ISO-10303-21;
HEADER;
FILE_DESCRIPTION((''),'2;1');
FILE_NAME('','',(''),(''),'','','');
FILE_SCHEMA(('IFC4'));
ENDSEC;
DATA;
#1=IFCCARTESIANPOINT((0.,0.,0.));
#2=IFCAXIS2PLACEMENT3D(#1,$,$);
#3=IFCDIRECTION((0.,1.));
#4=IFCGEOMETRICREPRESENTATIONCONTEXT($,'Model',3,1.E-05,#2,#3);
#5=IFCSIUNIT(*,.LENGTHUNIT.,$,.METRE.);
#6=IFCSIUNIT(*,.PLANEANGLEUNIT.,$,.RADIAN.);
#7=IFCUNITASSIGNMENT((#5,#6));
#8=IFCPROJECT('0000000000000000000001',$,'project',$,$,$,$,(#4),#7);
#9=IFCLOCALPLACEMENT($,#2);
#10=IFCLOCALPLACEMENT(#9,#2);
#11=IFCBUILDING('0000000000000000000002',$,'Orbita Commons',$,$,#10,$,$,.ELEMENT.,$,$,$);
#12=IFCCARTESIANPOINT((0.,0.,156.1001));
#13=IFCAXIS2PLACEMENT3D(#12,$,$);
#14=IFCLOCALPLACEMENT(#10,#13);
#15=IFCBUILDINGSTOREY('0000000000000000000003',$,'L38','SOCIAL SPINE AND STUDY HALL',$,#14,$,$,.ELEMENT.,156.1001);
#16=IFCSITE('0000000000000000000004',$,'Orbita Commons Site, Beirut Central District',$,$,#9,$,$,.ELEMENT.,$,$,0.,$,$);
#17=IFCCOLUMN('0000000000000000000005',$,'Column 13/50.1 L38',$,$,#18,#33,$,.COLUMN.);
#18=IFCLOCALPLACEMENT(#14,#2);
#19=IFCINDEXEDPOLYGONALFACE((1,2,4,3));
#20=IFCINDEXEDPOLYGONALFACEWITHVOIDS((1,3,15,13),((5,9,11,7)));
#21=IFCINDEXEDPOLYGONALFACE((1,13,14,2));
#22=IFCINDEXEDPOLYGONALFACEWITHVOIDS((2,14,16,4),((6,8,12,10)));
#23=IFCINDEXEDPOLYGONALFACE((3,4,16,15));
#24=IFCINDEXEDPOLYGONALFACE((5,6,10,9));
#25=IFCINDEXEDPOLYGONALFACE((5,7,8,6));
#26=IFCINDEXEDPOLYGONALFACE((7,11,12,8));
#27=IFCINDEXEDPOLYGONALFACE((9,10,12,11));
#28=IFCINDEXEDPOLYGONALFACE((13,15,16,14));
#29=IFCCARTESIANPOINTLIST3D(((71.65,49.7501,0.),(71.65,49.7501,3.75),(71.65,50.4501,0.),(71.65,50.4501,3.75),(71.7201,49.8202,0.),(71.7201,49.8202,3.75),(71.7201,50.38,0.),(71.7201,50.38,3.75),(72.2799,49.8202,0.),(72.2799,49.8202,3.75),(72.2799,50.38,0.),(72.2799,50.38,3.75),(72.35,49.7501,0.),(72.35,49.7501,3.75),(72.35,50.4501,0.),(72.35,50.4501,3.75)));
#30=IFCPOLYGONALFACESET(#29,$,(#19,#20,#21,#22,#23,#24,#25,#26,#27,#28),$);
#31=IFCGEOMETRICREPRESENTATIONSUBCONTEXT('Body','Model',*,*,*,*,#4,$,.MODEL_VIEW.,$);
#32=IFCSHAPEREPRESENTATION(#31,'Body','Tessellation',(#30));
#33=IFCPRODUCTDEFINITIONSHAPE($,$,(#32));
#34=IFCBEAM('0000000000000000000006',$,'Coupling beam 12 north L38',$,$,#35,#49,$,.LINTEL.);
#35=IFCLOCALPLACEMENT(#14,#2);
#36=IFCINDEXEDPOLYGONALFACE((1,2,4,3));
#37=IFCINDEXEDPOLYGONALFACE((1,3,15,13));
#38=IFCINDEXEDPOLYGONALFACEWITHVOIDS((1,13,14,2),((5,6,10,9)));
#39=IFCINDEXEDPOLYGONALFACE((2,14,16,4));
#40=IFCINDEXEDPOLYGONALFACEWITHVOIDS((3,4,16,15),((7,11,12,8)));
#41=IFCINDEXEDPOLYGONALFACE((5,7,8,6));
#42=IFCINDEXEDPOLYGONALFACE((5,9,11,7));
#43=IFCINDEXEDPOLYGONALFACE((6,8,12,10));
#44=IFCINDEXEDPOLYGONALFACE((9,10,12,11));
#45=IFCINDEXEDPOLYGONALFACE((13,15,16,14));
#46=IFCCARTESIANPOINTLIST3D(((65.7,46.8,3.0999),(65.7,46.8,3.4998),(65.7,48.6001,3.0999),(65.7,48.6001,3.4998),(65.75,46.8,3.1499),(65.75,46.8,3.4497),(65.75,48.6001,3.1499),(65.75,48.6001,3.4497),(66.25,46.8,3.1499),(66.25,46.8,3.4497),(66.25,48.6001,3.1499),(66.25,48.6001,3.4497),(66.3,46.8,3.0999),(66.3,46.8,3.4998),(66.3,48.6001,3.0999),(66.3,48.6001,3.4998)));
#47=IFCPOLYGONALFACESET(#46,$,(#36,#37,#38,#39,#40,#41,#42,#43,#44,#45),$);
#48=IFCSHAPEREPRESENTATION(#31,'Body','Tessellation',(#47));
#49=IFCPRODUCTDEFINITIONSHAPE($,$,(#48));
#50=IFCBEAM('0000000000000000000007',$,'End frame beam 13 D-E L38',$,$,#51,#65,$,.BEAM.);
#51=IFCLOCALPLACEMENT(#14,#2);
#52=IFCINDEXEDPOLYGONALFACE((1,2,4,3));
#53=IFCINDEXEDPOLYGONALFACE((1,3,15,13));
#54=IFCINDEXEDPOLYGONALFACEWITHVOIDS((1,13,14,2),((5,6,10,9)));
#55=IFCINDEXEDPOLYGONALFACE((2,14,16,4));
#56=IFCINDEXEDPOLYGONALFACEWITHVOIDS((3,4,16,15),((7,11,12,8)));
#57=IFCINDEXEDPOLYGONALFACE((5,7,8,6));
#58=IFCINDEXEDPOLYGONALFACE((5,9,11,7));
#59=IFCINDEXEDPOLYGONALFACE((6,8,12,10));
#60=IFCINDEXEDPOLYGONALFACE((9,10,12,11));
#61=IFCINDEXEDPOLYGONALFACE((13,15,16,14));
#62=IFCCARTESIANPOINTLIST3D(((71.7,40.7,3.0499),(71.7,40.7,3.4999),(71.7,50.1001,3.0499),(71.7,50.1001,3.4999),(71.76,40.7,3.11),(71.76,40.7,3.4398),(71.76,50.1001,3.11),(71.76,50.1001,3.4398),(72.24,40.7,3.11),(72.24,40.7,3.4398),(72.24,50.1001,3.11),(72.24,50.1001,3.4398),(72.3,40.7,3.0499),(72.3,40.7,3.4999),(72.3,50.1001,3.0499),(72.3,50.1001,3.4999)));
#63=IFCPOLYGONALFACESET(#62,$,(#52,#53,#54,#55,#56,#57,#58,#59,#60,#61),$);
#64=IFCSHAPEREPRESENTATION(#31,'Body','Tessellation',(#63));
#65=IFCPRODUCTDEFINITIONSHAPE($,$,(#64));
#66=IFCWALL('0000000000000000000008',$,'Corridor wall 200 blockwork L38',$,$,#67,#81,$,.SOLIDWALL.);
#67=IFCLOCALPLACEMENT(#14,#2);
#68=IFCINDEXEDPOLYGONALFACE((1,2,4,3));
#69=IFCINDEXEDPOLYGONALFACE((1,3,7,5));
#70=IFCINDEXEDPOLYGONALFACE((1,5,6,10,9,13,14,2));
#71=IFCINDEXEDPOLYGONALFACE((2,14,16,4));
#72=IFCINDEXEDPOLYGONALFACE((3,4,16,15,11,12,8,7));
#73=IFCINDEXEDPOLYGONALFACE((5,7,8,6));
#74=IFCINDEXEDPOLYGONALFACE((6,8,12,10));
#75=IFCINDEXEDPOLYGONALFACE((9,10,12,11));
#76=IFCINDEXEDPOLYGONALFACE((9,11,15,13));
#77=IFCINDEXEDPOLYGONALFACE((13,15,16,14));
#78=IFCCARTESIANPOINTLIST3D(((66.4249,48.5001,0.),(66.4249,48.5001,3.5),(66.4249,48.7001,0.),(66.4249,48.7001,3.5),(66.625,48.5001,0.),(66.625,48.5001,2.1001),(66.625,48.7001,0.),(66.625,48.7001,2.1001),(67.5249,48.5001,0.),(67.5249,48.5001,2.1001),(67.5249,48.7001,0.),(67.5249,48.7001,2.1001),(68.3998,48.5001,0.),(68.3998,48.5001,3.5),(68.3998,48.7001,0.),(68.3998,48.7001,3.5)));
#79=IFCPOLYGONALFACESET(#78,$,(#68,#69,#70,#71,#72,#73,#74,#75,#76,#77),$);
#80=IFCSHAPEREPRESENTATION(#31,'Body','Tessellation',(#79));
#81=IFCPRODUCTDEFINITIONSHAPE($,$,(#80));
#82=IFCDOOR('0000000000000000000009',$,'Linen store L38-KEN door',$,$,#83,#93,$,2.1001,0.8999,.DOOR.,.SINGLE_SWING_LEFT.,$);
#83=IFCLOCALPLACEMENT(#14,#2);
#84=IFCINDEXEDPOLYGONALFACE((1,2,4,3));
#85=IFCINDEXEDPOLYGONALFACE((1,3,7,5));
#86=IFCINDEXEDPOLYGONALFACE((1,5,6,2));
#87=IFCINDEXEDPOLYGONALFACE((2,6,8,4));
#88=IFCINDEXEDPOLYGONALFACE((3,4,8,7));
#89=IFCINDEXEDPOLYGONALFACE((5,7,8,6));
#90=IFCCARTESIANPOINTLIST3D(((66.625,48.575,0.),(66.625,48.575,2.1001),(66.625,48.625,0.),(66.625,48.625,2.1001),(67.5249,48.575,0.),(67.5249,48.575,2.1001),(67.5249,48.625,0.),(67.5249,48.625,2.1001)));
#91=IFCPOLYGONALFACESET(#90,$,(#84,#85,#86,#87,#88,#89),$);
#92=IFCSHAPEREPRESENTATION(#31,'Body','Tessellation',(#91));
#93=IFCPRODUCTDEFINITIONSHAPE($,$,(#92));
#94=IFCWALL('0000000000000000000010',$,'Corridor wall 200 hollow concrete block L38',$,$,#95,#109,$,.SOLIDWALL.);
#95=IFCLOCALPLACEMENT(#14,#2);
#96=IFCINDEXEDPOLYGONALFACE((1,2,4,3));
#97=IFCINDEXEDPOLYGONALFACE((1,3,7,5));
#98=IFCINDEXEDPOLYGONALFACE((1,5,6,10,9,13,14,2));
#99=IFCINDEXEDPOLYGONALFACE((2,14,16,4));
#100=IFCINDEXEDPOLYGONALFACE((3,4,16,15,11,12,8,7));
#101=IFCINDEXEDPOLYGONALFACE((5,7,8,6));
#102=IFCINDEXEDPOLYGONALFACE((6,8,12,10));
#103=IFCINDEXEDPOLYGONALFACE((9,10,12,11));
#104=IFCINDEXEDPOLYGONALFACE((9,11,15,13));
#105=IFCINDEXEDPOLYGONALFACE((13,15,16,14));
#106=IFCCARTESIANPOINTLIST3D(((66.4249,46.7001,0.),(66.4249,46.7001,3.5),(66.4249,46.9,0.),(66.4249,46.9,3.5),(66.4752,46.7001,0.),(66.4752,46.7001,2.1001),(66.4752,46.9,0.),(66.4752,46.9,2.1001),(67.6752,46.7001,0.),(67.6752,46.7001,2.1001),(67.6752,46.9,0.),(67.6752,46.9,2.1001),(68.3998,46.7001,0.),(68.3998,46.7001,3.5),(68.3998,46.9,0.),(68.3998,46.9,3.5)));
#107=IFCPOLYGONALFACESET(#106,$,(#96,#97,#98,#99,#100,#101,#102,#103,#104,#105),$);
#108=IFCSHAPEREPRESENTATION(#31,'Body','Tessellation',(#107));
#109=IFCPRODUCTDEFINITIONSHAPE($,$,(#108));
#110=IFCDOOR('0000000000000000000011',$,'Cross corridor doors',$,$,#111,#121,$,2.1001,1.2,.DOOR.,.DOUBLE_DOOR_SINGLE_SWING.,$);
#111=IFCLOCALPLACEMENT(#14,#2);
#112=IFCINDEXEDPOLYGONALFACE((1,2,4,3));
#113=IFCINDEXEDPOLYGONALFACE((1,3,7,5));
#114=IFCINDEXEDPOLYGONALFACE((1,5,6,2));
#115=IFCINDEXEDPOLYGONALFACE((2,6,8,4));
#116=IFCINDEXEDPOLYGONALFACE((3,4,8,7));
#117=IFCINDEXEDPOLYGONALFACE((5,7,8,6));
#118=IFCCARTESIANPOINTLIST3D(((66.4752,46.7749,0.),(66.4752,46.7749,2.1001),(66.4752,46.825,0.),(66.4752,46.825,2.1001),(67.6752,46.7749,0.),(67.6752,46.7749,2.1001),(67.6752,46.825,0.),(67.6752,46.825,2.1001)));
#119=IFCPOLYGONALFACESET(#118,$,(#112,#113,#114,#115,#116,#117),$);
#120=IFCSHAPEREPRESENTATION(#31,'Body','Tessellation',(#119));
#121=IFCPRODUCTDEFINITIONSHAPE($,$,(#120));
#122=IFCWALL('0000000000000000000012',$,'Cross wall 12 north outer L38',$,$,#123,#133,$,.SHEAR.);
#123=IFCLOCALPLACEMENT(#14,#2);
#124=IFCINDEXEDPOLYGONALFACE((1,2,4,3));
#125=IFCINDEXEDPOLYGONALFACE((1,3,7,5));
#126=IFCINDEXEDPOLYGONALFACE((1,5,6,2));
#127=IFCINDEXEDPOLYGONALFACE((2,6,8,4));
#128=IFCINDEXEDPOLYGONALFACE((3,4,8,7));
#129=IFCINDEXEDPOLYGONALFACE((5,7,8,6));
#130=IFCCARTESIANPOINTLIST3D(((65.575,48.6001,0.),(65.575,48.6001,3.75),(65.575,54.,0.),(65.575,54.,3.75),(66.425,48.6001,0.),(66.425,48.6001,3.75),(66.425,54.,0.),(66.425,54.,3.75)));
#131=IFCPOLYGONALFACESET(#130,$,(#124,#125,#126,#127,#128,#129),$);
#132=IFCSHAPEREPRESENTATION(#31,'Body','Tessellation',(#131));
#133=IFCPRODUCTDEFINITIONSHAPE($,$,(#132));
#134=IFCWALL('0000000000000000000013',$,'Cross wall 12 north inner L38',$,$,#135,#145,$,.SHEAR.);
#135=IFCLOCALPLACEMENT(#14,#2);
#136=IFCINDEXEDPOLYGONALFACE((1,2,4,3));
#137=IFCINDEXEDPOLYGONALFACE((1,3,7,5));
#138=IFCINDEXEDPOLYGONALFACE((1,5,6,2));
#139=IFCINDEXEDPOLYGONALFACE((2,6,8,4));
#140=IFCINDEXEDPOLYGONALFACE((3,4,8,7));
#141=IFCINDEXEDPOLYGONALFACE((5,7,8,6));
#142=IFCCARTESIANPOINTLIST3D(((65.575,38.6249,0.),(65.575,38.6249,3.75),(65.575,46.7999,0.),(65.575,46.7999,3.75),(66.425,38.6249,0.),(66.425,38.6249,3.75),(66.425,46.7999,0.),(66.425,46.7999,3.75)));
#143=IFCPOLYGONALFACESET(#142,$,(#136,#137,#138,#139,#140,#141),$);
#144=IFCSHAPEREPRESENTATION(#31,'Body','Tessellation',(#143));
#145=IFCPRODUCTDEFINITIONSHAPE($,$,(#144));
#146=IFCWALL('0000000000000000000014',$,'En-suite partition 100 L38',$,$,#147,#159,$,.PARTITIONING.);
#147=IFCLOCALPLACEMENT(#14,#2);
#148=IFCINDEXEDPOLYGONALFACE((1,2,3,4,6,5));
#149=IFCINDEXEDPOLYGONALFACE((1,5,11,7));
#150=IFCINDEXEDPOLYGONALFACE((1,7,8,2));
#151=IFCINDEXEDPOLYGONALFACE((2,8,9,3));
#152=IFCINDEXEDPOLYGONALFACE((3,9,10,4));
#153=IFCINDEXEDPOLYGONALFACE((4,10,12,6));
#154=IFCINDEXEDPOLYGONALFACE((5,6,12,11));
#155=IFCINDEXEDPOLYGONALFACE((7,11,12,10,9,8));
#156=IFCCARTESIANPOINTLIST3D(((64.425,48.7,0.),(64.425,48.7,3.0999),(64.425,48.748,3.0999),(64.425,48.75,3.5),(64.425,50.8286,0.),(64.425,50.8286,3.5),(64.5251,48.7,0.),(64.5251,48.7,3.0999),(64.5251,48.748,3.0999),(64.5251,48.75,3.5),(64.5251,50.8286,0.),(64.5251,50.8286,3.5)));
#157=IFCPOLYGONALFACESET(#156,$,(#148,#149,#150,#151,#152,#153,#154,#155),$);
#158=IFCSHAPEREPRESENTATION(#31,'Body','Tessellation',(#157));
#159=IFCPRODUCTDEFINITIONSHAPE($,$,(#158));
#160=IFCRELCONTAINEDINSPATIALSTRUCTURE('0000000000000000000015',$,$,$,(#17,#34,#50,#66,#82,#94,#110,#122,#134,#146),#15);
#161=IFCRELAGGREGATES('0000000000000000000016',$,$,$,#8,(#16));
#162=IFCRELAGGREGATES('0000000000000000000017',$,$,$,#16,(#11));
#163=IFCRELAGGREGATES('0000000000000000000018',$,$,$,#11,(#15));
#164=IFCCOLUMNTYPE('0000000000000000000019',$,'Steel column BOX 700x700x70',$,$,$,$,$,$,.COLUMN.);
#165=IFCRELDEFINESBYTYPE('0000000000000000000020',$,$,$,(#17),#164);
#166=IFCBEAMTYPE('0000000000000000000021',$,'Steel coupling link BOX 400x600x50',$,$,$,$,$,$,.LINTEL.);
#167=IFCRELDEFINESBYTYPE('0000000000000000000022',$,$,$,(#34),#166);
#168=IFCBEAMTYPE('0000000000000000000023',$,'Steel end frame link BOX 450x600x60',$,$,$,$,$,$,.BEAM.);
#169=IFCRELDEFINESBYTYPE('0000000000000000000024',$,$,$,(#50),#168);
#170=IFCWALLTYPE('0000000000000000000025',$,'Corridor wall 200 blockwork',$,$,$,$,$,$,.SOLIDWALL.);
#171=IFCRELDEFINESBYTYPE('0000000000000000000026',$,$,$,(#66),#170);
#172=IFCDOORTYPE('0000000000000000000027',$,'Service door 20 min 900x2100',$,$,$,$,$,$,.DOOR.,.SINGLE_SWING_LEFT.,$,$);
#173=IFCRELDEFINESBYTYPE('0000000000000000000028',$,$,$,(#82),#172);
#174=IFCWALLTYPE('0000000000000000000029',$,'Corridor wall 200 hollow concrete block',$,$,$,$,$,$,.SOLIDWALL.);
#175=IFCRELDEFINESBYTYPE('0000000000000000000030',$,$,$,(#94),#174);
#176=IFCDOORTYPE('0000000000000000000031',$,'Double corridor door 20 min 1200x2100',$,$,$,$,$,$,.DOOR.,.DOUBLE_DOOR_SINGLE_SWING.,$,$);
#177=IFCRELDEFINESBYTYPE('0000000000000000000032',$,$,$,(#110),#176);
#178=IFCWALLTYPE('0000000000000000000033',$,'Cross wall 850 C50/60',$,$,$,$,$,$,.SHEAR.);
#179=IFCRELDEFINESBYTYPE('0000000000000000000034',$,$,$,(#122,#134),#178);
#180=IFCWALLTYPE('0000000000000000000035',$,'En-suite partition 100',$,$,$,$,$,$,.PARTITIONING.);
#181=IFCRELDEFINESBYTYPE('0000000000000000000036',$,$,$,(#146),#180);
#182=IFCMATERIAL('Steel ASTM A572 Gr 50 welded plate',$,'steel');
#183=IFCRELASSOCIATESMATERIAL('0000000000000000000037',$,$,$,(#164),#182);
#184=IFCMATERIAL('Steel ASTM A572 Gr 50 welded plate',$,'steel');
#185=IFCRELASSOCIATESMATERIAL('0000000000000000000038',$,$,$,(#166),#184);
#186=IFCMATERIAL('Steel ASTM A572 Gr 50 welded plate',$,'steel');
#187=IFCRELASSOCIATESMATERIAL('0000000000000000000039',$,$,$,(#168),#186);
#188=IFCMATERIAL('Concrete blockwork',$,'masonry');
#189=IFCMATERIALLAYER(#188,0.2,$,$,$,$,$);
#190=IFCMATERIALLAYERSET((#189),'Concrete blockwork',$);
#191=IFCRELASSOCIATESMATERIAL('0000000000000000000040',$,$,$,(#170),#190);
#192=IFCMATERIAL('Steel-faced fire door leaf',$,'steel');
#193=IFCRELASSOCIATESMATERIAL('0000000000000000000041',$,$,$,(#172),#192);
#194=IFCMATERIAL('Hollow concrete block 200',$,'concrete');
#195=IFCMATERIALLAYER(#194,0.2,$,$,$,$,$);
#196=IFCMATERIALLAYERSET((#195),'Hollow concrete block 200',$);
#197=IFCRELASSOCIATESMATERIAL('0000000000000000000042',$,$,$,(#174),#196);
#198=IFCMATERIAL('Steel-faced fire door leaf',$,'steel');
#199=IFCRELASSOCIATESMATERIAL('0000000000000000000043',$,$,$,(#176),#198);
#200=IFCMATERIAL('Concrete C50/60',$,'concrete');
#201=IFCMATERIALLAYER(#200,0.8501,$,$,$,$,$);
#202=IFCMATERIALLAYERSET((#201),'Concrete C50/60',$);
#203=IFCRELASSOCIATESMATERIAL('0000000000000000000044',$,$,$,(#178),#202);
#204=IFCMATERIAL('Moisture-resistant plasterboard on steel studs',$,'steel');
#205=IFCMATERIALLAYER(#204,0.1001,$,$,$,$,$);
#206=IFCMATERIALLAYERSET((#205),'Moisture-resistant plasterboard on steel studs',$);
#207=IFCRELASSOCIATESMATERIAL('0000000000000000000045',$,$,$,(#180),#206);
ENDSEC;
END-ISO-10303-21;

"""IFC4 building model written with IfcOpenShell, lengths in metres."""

from ifc_helpers import new_model, si_unit, direction, frame, frame_2d, origin, origin_2d, place, context, subcontext, project, spatial, polyline, rectangle, hollow_rectangle, outline, extrude, material, layer, layer_set, material_profile, profile_set, type_object, element, fill, save


model = new_model("IFC4")

# Units and contexts
model_context = context("Model", 3, precision=1e-05, world=origin(), true_north=direction((0.0, 1.0)))
body_context = subcontext(model_context, "Body", "Model", "MODEL_VIEW")
ifc_project = project(units=[si_unit("LENGTHUNIT", "METRE"), si_unit("PLANEANGLEUNIT", "RADIAN")], contexts=[model_context])

# Site, building, storey
site_placement = place(None, origin())
site = spatial("IfcSite", under=ifc_project, at=site_placement, Name="Orbita Commons Site, Beirut Central District", CompositionType="ELEMENT", RefElevation=0.0)
building_placement = place(site_placement, origin())
building = spatial("IfcBuilding", under=site, at=building_placement, Name="Orbita Commons", CompositionType="ELEMENT")
storey_placement = place(building_placement, frame((0.0, 0.0, 156.1001)))
storey = spatial("IfcBuildingStorey", under=building, at=storey_placement, Name="L38", Description="SOCIAL SPINE AND STUDY HALL", CompositionType="ELEMENT", Elevation=156.1001)

# Column
ifc_material_1 = material(Name="Steel ASTM A572 Gr 50 welded plate", Category="steel")
ifc_material_profile_1 = material_profile(ifc_material_1, hollow_rectangle(XDim=0.7, YDim=0.7, WallThickness=0.0701, at=origin_2d()), Name="BOX 700x700x70")
ifc_profile_set_1 = profile_set([ifc_material_profile_1], Name="Steel ASTM A572 Gr 50 welded plate")
column_type = type_object("IfcColumnType", Name="Steel column BOX 700x700x70", PredefinedType="COLUMN", material=ifc_profile_set_1)
column_placement = place(storey_placement, frame((72.0, 50.1001, 0.0), z_axis=(0.0, 0.0, 1.0), x_axis=(1.0, 0.0, 0.0)))
element("IfcColumn", 1, at=column_placement, inside=storey, type_object=column_type, Name="Column 13/50.1 L38", PredefinedType="COLUMN", context=body_context, shape_type="SweptSolid", body=[
    extrude(hollow_rectangle(XDim=0.7, YDim=0.7, WallThickness=0.0701, at=origin_2d()), origin(), (0.0, 0.0, 1.0), 3.75),
])

# Beams
ifc_material_2 = material(Name="Steel ASTM A572 Gr 50 welded plate", Category="steel")
ifc_material_profile_2 = material_profile(ifc_material_2, hollow_rectangle(XDim=0.6001, YDim=0.3999, WallThickness=0.05, at=origin_2d()), Name="BOX 400x600x50")
ifc_profile_set_2 = profile_set([ifc_material_profile_2], Name="Steel ASTM A572 Gr 50 welded plate")
beam_type_1 = type_object("IfcBeamType", Name="Steel coupling link BOX 400x600x50", PredefinedType="LINTEL", material=ifc_profile_set_2)
beam_1_placement = place(storey_placement, frame((66.0, 46.8, 3.2998), z_axis=(0.0, 1.0, 0.0), x_axis=(-1.0, 0.0, 0.0)))
element("IfcBeam", 2, at=beam_1_placement, inside=storey, type_object=beam_type_1, Name="Coupling beam 12 north L38", PredefinedType="LINTEL", context=body_context, shape_type="SweptSolid", body=[
    extrude(hollow_rectangle(XDim=0.6001, YDim=0.3999, WallThickness=0.05, at=origin_2d()), origin(), (0.0, 0.0, 1.0), 1.8),
])
ifc_material_3 = material(Name="Steel ASTM A572 Gr 50 welded plate", Category="steel")
ifc_material_profile_3 = material_profile(ifc_material_3, hollow_rectangle(XDim=0.6001, YDim=0.45, WallThickness=0.0601, at=origin_2d()), Name="BOX 450x600x60")
ifc_profile_set_3 = profile_set([ifc_material_profile_3], Name="Steel ASTM A572 Gr 50 welded plate")
beam_type_2 = type_object("IfcBeamType", Name="Steel end frame link BOX 450x600x60", PredefinedType="BEAM", material=ifc_profile_set_3)
beam_2_placement = place(storey_placement, frame((72.0, 40.7, 3.2749), z_axis=(0.0, 1.0, 0.0), x_axis=(-1.0, 0.0, 0.0)))
element("IfcBeam", 3, at=beam_2_placement, inside=storey, type_object=beam_type_2, Name="End frame beam 13 D-E L38", PredefinedType="BEAM", context=body_context, shape_type="SweptSolid", body=[
    extrude(hollow_rectangle(XDim=0.6001, YDim=0.45, WallThickness=0.0601, at=origin_2d()), origin(), (0.0, 0.0, 1.0), 9.4001),
])

# Walls, openings, doors
ifc_material_4 = material(Name="Concrete blockwork", Category="masonry")
ifc_layer_1 = layer(ifc_material_4, 0.2)
ifc_layer_set_1 = layer_set([ifc_layer_1], Name="Concrete blockwork")
wall_type_1 = type_object("IfcWallType", Name="Corridor wall 200 blockwork", PredefinedType="SOLIDWALL", material=ifc_layer_set_1)
wall_1_placement = place(storey_placement, frame((66.425, 48.6001, 0.0), z_axis=(0.0, 0.0, 1.0), x_axis=(1.0, 0.0, 0.0)))
wall_1 = element("IfcWall", 4, at=wall_1_placement, inside=storey, type_object=wall_type_1, Name="Corridor wall 200 blockwork L38", PredefinedType="SOLIDWALL", context=body_context, shape_type="SweptSolid", body=[
    extrude(rectangle(XDim=1.9749, YDim=0.2, at=frame_2d((0.9873, 0.0))), origin(), (0.0, 0.0, 1.0), 3.5),
])
opening_1_placement = place(wall_1_placement, frame((0.2, 0.0, 0.0)))
opening_1 = element("IfcOpeningElement", 5, at=opening_1_placement, cuts=wall_1, PredefinedType="OPENING", context=body_context, shape_type="SweptSolid", body=[
    extrude(rectangle(XDim=0.8999, YDim=2.1001, at=frame_2d((0.45, 1.05))), frame((0.0, 0.1099, 0.0), z_axis=(0.0, -1.0, 0.0), x_axis=(1.0, 0.0, 0.0)), (0.0, 0.0, 1.0), 0.22),
])
ifc_material_5 = material(Name="Steel-faced fire door leaf", Category="steel")
door_type_1 = type_object("IfcDoorType", Name="Service door 20 min 900x2100", OperationType="SINGLE_SWING_LEFT", PredefinedType="DOOR", material=ifc_material_5)
door_1_placement = place(opening_1_placement, origin())
door_1 = element("IfcDoor", 6, at=door_1_placement, inside=storey, type_object=door_type_1, Name="Linen store L38-KEN door", OperationType="SINGLE_SWING_LEFT", OverallHeight=2.1001, OverallWidth=0.8999, PredefinedType="DOOR", context=body_context, shape_type="SweptSolid", body=[
    extrude(rectangle(XDim=0.8999, YDim=2.1001, at=frame_2d((0.45, 1.05))), frame((0.0, 0.0249, 0.0), z_axis=(0.0, -1.0, 0.0), x_axis=(1.0, 0.0, 0.0)), (0.0, 0.0, 1.0), 0.05),
])
fill(opening_1, door_1)
ifc_material_6 = material(Name="Hollow concrete block 200", Category="concrete")
ifc_layer_2 = layer(ifc_material_6, 0.2)
ifc_layer_set_2 = layer_set([ifc_layer_2], Name="Hollow concrete block 200")
wall_type_2 = type_object("IfcWallType", Name="Corridor wall 200 hollow concrete block", PredefinedType="SOLIDWALL", material=ifc_layer_set_2)
wall_2_placement = place(storey_placement, frame((66.425, 46.8, 0.0), z_axis=(0.0, 0.0, 1.0), x_axis=(1.0, 0.0, 0.0)))
wall_2 = element("IfcWall", 7, at=wall_2_placement, inside=storey, type_object=wall_type_2, Name="Corridor wall 200 hollow concrete block L38", PredefinedType="SOLIDWALL", context=body_context, shape_type="SweptSolid", body=[
    extrude(rectangle(XDim=1.9749, YDim=0.2, at=frame_2d((0.9873, 0.0))), origin(), (0.0, 0.0, 1.0), 3.5),
])
opening_2_placement = place(wall_2_placement, frame((0.05, 0.0, 0.0)))
opening_2 = element("IfcOpeningElement", 8, at=opening_2_placement, cuts=wall_2, PredefinedType="OPENING", context=body_context, shape_type="SweptSolid", body=[
    extrude(rectangle(XDim=1.2, YDim=2.1001, at=frame_2d((0.6001, 1.05))), frame((0.0, 0.1099, 0.0), z_axis=(0.0, -1.0, 0.0), x_axis=(1.0, 0.0, 0.0)), (0.0, 0.0, 1.0), 0.22),
])
ifc_material_7 = material(Name="Steel-faced fire door leaf", Category="steel")
door_type_2 = type_object("IfcDoorType", Name="Double corridor door 20 min 1200x2100", OperationType="DOUBLE_DOOR_SINGLE_SWING", PredefinedType="DOOR", material=ifc_material_7)
door_2_placement = place(opening_2_placement, origin())
door_2 = element("IfcDoor", 9, at=door_2_placement, inside=storey, type_object=door_type_2, Name="Cross corridor doors", OperationType="DOUBLE_DOOR_SINGLE_SWING", OverallHeight=2.1001, OverallWidth=1.2, PredefinedType="DOOR", context=body_context, shape_type="SweptSolid", body=[
    extrude(rectangle(XDim=1.2, YDim=2.1001, at=frame_2d((0.6001, 1.05))), frame((0.0, 0.0249, 0.0), z_axis=(0.0, -1.0, 0.0), x_axis=(1.0, 0.0, 0.0)), (0.0, 0.0, 1.0), 0.05),
])
fill(opening_2, door_2)

# Walls
ifc_material_8 = material(Name="Concrete C50/60", Category="concrete")
ifc_layer_3 = layer(ifc_material_8, 0.8501)
ifc_layer_set_3 = layer_set([ifc_layer_3], Name="Concrete C50/60")
wall_type_3 = type_object("IfcWallType", Name="Cross wall 850 C50/60", PredefinedType="SHEAR", material=ifc_layer_set_3)
wall_3_placement = place(storey_placement, frame((66.0, 48.6001, 0.0), z_axis=(0.0, 0.0, 1.0), x_axis=(0.0, 1.0, 0.0)))
element("IfcWall", 10, at=wall_3_placement, inside=storey, type_object=wall_type_3, Name="Cross wall 12 north outer L38", PredefinedType="SHEAR", context=body_context, shape_type="SweptSolid", body=[
    extrude(rectangle(XDim=5.3999, YDim=0.8501, at=frame_2d((2.7, 0.0))), origin(), (0.0, 0.0, 1.0), 3.75),
])
wall_4_placement = place(storey_placement, frame((66.0, 38.625, 0.0), z_axis=(0.0, 0.0, 1.0), x_axis=(0.0, 1.0, 0.0)))
element("IfcWall", 11, at=wall_4_placement, inside=storey, type_object=wall_type_3, Name="Cross wall 12 north inner L38", PredefinedType="SHEAR", context=body_context, shape_type="SweptSolid", body=[
    extrude(rectangle(XDim=8.175, YDim=0.8501, at=frame_2d((4.0874, 0.0))), origin(), (0.0, 0.0, 1.0), 3.75),
])
ifc_material_9 = material(Name="Moisture-resistant plasterboard on steel studs", Category="steel")
ifc_layer_4 = layer(ifc_material_9, 0.1001)
ifc_layer_set_4 = layer_set([ifc_layer_4], Name="Moisture-resistant plasterboard on steel studs")
wall_type_4 = type_object("IfcWallType", Name="En-suite partition 100", PredefinedType="PARTITIONING", material=ifc_layer_set_4)
wall_5_placement = place(storey_placement, frame((64.4751, 50.8286, 0.0), z_axis=(0.0, 0.0, 1.0), x_axis=(0.0, -1.0, 0.0)))
element("IfcWall", 12, at=wall_5_placement, inside=storey, type_object=wall_type_4, Name="En-suite partition 100 L38", PredefinedType="PARTITIONING", context=body_context, shape_type="SweptSolid", body=[
    extrude(outline(polyline([(0.0, 0.0), (2.1287, 0.0), (2.1287, 3.0999), (2.0806, 3.0999), (2.0786, 3.5), (0.0, 3.5), (0.0, 0.0)])), frame((0.0, 0.05, 0.0), z_axis=(0.0, -1.0, 0.0), x_axis=(1.0, 0.0, 0.0)), (0.0, 0.0, 1.0), 0.1001),
])

save(model, "model.ifc")
